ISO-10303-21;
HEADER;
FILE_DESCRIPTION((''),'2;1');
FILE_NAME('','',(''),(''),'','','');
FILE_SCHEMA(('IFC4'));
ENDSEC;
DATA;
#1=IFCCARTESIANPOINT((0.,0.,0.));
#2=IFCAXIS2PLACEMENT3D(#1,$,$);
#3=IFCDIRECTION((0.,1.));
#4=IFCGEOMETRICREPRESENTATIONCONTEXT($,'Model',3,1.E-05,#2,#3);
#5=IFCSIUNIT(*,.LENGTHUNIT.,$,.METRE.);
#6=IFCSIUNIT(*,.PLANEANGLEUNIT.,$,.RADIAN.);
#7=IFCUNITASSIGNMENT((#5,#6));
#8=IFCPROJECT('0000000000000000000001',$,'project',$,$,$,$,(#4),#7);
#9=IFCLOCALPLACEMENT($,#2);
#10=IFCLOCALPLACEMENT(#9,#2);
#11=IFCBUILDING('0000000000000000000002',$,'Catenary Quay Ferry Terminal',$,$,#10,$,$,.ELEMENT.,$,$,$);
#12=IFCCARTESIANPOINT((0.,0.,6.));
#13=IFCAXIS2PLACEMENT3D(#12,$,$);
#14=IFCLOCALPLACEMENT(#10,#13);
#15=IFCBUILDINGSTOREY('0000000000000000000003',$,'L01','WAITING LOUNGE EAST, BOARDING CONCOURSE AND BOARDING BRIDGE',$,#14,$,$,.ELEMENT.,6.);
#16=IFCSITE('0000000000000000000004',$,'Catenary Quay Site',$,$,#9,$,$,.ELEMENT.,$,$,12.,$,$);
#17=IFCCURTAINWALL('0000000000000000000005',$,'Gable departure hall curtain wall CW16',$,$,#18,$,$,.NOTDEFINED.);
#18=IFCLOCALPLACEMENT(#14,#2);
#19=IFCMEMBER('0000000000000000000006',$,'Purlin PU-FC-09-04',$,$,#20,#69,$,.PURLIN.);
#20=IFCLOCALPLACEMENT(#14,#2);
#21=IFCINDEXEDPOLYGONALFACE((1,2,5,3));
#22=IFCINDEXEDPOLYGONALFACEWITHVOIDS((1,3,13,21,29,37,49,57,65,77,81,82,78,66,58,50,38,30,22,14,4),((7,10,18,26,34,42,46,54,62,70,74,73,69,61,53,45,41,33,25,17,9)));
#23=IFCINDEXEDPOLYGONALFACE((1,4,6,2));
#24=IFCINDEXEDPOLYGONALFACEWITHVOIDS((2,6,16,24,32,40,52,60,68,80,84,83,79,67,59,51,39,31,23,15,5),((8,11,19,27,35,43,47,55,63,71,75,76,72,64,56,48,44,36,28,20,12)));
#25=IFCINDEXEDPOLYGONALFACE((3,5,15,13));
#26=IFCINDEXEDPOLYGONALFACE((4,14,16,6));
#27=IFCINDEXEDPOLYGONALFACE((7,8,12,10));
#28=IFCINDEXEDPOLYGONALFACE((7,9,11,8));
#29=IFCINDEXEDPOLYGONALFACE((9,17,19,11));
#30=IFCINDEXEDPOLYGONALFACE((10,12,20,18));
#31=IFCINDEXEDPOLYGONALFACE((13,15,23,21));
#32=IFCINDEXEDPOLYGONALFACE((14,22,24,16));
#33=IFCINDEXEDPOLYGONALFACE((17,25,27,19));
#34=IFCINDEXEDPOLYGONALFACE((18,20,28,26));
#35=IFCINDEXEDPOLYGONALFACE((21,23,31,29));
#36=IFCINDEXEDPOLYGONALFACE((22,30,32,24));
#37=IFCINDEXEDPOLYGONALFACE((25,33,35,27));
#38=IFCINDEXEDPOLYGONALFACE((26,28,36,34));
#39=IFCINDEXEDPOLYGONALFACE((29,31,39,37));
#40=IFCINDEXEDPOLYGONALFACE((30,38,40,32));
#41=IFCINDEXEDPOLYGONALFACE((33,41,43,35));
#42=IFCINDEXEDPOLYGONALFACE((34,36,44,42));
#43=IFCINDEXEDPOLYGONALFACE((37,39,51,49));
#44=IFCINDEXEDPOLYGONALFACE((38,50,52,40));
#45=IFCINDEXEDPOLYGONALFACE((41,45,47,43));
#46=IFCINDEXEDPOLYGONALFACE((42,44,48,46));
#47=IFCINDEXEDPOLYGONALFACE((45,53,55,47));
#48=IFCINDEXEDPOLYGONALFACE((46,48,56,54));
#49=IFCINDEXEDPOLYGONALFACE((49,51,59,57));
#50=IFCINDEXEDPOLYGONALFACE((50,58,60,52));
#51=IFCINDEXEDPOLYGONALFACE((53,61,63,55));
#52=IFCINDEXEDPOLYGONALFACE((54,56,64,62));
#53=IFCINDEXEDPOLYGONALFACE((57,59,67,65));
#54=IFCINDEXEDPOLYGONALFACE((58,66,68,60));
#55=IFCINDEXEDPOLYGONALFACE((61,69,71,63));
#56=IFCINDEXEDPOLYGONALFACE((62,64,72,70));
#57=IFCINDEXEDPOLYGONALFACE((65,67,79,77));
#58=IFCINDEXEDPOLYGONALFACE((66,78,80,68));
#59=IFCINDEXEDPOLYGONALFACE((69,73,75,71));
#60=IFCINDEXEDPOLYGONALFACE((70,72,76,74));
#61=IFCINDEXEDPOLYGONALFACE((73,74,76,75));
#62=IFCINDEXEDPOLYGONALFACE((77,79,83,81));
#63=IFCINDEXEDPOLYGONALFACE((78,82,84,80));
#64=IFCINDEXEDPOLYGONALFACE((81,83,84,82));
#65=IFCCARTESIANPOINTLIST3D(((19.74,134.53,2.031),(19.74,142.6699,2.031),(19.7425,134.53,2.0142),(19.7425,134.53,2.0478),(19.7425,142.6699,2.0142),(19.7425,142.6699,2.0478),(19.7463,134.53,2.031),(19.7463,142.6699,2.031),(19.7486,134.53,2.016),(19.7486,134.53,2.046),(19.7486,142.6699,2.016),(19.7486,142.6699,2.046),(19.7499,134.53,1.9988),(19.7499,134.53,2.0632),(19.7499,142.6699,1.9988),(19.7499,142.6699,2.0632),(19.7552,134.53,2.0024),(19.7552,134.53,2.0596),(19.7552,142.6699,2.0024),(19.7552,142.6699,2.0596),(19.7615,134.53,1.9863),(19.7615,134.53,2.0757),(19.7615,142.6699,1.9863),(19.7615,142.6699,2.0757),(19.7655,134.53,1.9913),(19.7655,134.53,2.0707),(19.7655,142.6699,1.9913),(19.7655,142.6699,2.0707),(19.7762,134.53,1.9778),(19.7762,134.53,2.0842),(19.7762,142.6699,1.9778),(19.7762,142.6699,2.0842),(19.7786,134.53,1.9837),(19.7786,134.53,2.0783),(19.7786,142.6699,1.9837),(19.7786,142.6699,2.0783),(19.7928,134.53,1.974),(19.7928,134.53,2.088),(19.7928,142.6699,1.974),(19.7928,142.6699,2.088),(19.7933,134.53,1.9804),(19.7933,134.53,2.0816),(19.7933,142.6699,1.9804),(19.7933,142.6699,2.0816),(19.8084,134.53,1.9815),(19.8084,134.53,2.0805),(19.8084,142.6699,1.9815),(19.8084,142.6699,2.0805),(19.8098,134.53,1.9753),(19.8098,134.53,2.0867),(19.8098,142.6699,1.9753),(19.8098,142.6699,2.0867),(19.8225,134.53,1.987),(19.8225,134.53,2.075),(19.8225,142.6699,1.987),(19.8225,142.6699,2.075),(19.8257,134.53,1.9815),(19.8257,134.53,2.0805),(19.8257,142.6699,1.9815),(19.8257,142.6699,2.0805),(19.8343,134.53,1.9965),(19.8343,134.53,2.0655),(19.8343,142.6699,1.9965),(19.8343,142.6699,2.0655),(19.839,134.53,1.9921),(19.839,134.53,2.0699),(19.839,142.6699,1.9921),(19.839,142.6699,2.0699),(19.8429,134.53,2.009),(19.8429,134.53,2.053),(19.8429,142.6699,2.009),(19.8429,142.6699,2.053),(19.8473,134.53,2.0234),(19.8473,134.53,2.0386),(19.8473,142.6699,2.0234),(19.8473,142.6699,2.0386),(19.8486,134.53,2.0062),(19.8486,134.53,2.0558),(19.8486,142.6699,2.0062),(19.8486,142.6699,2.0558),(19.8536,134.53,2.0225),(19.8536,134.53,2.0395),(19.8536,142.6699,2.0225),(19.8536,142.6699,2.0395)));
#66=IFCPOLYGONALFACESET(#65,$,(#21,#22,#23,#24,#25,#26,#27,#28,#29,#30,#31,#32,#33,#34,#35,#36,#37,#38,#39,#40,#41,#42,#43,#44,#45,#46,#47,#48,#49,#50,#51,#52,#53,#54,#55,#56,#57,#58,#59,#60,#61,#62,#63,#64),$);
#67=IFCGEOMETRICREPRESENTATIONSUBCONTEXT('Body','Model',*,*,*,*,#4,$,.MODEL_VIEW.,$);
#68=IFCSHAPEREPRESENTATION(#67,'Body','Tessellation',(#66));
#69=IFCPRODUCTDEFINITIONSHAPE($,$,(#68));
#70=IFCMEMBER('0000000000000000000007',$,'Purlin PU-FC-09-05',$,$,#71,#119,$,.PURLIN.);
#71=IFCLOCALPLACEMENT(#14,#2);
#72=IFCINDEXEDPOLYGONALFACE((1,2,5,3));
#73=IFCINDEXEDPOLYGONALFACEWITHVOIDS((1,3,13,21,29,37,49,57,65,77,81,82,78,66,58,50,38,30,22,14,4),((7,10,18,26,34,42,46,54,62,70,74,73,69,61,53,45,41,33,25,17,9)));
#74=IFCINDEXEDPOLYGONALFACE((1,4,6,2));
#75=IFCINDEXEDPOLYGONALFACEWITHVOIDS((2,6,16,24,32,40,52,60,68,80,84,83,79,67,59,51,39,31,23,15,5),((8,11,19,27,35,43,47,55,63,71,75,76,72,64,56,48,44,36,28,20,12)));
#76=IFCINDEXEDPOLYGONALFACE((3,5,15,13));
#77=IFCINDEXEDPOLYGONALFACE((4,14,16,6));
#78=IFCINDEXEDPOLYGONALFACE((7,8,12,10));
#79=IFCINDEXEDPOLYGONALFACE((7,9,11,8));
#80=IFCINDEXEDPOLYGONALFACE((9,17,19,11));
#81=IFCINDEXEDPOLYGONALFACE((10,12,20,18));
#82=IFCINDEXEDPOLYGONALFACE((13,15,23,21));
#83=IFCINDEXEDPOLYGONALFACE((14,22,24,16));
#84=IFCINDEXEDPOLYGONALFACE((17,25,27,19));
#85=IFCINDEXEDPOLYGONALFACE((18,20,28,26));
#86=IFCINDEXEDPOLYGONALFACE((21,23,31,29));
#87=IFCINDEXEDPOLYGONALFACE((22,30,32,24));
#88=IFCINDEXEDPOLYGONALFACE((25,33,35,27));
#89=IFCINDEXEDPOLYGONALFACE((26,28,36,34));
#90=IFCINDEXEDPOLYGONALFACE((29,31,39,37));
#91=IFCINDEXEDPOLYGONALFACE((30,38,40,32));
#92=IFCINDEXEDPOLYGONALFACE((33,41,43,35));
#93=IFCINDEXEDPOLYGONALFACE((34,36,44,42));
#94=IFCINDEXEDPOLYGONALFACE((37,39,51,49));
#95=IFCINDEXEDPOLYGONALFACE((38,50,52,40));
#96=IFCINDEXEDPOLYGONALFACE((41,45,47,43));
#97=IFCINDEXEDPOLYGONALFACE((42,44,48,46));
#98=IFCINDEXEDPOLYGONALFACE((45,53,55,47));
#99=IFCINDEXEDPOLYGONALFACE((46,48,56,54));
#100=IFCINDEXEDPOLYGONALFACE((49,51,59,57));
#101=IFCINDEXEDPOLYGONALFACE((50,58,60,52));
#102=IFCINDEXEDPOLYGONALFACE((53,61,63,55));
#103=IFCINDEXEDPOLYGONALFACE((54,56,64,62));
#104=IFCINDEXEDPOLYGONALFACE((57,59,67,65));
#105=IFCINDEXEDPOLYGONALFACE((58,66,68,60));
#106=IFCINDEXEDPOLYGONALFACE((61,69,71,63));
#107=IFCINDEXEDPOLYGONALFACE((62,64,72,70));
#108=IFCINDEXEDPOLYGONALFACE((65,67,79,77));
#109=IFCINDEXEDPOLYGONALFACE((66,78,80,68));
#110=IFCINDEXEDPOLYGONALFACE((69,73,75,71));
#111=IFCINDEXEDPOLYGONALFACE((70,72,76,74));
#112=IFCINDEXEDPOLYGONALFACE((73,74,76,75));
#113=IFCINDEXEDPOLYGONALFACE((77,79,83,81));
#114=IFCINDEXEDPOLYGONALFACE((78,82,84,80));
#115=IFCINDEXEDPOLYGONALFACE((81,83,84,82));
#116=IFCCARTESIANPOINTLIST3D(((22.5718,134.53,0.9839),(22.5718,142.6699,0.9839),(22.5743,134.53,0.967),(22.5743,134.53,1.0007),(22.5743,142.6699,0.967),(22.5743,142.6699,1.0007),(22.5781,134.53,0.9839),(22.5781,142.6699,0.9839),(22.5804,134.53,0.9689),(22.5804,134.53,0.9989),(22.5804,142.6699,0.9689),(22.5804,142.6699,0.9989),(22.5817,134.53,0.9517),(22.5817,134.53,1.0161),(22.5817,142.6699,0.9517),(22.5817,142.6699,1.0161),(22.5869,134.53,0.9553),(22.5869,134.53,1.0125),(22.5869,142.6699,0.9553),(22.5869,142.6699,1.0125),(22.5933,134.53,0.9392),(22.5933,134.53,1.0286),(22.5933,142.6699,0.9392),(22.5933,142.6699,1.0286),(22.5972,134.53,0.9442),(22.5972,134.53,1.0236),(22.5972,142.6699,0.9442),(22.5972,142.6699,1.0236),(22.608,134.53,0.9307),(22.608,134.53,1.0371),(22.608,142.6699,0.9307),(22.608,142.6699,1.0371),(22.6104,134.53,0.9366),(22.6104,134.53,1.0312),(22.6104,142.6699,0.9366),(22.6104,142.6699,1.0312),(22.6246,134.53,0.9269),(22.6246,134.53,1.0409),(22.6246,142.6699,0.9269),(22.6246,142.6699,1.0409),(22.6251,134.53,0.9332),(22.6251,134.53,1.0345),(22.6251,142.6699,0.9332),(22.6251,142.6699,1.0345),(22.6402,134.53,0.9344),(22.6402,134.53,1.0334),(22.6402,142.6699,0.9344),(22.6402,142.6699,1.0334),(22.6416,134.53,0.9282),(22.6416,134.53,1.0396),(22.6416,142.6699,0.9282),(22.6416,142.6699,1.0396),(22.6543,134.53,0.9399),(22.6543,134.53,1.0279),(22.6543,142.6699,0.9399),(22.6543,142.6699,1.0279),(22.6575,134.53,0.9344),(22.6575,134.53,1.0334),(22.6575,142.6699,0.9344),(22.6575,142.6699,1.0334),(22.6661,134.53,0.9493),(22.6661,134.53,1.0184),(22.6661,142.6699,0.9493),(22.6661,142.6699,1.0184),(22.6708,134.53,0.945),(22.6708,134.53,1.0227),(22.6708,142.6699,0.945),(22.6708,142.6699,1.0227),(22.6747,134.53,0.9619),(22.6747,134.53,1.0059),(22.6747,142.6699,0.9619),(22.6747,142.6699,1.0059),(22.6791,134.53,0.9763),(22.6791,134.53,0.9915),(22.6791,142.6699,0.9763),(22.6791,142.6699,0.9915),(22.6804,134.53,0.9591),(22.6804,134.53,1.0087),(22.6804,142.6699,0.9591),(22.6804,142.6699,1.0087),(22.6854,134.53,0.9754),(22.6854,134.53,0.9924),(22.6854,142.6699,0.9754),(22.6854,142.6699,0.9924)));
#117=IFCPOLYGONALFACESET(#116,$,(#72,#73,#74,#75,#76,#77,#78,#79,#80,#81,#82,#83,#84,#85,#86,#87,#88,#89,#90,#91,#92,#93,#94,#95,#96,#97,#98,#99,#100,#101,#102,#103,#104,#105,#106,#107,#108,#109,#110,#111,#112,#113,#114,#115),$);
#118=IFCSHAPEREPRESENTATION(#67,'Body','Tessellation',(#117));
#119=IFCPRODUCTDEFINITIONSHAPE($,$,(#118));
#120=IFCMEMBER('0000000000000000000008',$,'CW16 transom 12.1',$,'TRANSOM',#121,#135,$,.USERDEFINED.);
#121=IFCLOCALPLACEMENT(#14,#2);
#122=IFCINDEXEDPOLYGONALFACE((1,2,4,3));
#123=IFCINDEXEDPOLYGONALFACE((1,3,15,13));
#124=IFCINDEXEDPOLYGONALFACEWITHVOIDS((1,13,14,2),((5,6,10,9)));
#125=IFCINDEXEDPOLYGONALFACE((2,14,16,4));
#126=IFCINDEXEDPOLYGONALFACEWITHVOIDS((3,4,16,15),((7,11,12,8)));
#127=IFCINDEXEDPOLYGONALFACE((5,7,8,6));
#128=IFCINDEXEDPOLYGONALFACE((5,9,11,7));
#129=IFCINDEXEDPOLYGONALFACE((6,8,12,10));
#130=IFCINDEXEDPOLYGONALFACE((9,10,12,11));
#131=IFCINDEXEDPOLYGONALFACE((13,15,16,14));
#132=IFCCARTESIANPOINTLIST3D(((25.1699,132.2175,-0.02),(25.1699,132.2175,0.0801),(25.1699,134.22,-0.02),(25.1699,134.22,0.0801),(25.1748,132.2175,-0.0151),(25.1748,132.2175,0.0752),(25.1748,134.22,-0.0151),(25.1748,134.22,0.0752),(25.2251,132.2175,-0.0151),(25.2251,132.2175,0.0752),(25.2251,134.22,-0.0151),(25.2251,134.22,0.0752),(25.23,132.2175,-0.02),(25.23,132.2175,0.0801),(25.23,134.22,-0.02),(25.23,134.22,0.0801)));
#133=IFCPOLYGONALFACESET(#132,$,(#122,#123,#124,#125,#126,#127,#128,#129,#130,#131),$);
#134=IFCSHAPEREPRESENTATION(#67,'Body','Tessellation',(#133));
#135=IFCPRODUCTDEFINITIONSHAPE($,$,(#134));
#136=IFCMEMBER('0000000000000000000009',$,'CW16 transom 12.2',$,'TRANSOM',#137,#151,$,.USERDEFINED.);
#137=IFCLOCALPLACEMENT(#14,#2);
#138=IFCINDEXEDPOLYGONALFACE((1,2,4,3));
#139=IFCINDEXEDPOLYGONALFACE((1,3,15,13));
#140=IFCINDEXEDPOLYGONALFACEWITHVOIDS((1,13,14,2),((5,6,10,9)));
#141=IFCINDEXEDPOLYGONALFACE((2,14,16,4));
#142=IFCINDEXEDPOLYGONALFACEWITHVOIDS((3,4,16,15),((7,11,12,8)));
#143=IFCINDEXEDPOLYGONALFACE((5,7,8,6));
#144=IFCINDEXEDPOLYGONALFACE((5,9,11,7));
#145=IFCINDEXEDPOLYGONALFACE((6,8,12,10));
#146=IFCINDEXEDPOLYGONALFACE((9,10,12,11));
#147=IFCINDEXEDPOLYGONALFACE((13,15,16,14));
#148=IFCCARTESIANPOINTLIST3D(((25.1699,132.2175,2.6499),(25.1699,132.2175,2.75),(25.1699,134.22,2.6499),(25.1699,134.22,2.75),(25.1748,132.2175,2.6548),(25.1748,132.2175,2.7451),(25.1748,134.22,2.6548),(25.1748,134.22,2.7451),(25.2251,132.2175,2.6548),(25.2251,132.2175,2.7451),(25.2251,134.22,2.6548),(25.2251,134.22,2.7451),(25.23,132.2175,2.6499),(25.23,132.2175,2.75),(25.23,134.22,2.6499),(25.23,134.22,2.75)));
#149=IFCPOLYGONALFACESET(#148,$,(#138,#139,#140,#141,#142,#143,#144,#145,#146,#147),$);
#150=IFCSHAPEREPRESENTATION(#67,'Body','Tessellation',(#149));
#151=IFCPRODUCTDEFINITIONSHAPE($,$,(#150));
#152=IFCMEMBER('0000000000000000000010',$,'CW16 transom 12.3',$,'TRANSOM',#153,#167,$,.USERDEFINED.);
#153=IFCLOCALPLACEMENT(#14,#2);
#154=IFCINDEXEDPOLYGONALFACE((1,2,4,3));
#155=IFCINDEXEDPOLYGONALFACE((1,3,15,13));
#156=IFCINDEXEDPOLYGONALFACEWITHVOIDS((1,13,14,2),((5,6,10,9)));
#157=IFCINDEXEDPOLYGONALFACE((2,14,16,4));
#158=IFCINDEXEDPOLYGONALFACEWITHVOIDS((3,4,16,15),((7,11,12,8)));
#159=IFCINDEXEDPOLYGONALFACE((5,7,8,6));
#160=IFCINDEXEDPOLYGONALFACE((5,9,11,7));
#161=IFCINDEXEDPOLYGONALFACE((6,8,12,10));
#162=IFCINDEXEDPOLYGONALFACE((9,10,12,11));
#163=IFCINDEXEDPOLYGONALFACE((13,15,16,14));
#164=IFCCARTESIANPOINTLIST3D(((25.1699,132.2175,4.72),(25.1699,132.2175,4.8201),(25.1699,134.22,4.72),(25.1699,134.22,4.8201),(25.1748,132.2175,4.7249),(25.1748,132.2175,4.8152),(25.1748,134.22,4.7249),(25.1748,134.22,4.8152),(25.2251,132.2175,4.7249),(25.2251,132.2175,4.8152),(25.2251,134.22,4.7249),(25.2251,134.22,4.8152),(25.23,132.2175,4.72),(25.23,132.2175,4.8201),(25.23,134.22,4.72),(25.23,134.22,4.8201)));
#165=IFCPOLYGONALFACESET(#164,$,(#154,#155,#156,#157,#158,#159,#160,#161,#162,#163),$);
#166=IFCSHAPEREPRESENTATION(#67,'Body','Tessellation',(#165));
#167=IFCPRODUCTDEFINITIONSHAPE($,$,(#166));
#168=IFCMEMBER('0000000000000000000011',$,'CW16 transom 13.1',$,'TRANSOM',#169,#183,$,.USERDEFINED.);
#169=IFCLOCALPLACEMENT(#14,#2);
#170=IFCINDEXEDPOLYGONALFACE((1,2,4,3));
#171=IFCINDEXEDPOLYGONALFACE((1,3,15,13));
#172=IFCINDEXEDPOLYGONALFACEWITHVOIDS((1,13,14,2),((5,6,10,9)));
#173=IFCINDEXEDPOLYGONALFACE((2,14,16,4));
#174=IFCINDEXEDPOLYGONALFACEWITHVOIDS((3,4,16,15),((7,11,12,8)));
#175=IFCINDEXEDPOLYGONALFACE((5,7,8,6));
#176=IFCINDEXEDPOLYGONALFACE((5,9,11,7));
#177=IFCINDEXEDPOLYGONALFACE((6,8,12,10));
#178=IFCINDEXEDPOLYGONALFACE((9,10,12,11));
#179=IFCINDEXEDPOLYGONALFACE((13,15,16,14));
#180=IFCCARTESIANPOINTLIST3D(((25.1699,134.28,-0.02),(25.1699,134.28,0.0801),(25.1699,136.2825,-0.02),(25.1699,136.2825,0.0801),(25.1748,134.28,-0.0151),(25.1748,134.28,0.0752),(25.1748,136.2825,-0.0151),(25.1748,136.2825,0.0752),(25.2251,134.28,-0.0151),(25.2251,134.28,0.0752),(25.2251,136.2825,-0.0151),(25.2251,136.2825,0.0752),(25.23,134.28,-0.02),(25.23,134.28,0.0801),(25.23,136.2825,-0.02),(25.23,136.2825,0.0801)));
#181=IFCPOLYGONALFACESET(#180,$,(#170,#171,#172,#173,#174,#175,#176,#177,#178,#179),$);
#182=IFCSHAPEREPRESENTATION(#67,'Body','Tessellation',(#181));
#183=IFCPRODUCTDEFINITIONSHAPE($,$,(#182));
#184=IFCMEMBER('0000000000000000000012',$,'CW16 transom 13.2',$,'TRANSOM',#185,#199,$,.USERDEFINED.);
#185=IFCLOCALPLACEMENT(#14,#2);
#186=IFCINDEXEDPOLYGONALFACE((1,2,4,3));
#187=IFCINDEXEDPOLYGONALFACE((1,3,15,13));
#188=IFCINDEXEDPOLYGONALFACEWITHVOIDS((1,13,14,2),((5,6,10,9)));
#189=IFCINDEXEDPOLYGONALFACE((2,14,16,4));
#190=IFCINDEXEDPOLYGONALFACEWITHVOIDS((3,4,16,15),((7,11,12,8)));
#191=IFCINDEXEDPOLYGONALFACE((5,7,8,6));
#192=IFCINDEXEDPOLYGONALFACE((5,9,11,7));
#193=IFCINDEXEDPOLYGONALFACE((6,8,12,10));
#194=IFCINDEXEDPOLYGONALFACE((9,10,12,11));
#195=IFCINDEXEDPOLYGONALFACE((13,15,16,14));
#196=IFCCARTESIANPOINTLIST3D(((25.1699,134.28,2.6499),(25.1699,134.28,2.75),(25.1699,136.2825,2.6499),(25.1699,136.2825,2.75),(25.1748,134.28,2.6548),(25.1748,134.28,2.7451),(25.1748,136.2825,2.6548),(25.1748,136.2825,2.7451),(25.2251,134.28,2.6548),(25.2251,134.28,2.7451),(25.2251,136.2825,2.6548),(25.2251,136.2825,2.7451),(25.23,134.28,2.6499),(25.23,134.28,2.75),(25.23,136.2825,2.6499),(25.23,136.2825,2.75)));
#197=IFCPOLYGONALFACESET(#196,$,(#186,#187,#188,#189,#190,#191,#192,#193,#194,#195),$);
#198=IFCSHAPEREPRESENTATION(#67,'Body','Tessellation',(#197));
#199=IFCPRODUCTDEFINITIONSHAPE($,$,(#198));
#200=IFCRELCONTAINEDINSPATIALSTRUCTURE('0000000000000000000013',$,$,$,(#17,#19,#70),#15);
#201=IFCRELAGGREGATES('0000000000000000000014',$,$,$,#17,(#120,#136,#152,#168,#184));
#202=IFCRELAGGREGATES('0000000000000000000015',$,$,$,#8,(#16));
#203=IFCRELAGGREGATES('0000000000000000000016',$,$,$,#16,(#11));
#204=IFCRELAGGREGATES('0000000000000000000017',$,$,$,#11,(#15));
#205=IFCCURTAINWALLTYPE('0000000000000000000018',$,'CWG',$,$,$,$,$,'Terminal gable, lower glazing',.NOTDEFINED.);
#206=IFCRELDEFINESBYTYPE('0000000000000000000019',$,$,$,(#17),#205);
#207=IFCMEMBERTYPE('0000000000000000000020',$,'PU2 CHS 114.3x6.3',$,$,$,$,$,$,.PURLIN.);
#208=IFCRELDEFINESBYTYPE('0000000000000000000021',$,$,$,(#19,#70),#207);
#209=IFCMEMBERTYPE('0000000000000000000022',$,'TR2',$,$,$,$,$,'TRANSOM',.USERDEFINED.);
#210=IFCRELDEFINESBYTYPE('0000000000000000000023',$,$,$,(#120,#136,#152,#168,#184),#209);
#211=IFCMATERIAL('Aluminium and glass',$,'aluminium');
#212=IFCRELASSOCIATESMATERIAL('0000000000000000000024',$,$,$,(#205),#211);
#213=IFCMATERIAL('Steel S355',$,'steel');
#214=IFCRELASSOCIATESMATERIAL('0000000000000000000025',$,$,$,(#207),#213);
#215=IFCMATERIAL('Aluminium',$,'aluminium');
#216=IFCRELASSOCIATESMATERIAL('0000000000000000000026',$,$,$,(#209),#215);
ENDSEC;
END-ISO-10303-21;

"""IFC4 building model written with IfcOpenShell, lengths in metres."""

from ifc_helpers import new_model, si_unit, direction, frame, origin, origin_2d, place, context, subcontext, project, spatial, hollow_rectangle, hollow_circle, extrude, material, material_profile, profile_set, type_object, element, aggregate, save


model = new_model("IFC4")

# Units and contexts
model_context = context("Model", 3, precision=1e-05, world=origin(), true_north=direction((0.0, 1.0)))
body_context = subcontext(model_context, "Body", "Model", "MODEL_VIEW")
ifc_project = project(units=[si_unit("LENGTHUNIT", "METRE"), si_unit("PLANEANGLEUNIT", "RADIAN")], contexts=[model_context])

# Site, building, storey
site_placement = place(None, origin())
site = spatial("IfcSite", under=ifc_project, at=site_placement, Name="Catenary Quay Site", CompositionType="ELEMENT", RefElevation=12.0)
building_placement = place(site_placement, origin())
building = spatial("IfcBuilding", under=site, at=building_placement, Name="Catenary Quay Ferry Terminal", CompositionType="ELEMENT")
storey_placement = place(building_placement, frame((0.0, 0.0, 6.0)))
storey = spatial("IfcBuildingStorey", under=building, at=storey_placement, Name="L01", Description="WAITING LOUNGE EAST, BOARDING CONCOURSE AND BOARDING BRIDGE", CompositionType="ELEMENT", Elevation=6.0)

# Curtain wall
ifc_material_1 = material(Name="Aluminium and glass", Category="aluminium")
curtain_wall_type = type_object("IfcCurtainWallType", Name="CWG", ElementType="Terminal gable, lower glazing", PredefinedType="NOTDEFINED", material=ifc_material_1)
curtain_wall_placement = place(storey_placement, origin())
curtain_wall = element("IfcCurtainWall", 1, at=curtain_wall_placement, inside=storey, type_object=curtain_wall_type, Name="Gable departure hall curtain wall CW16", PredefinedType="NOTDEFINED")

# Members
ifc_material_2 = material(Name="Steel S355", Category="steel")
ifc_material_profile_1 = material_profile(ifc_material_2, hollow_circle(Radius=0.0571, WallThickness=0.0063, at=origin_2d()), Name="CHS 114.3x6.3")
ifc_profile_set_1 = profile_set([ifc_material_profile_1], Name="Steel S355")
member_type_1 = type_object("IfcMemberType", Name="PU2 CHS 114.3x6.3", PredefinedType="PURLIN", material=ifc_profile_set_1)
for number, where, z_axis, x_axis, name in (
    (2, (19.7971, 134.53, 2.031), (0.0, 1.0, 0.0), (-1.0, 0.0, 0.0), "Purlin PU-FC-09-04"),
    (3, (22.6289, 134.53, 0.9839), (0.0, 1.0, 0.0), (-1.0, 0.0, 0.0), "Purlin PU-FC-09-05"),
):
    element("IfcMember", number, at=place(storey_placement, frame(where, z_axis=z_axis, x_axis=x_axis)), inside=storey, type_object=member_type_1, Name=name, PredefinedType="PURLIN", context=body_context, shape_type="SweptSolid", body=[
        extrude(hollow_circle(Radius=0.0571, WallThickness=0.0063, at=origin_2d()), origin(), (0.0, 0.0, 1.0), 8.1399),
    ])

# Members
ifc_material_3 = material(Name="Aluminium", Category="aluminium")
ifc_material_profile_2 = material_profile(ifc_material_3, hollow_rectangle(XDim=0.0601, YDim=0.1001, WallThickness=0.0049, at=origin_2d()), Name="TR2")
ifc_profile_set_2 = profile_set([ifc_material_profile_2], Name="Aluminium")
member_type_2 = type_object("IfcMemberType", Name="TR2", ElementType="TRANSOM", PredefinedType="USERDEFINED", material=ifc_profile_set_2)
member_1_placement = place(storey_placement, frame((25.2, 132.2175, 0.03), z_axis=(0.0, 1.0, 0.0), x_axis=(-1.0, 0.0, 0.0)))
member_1 = element("IfcMember", 4, at=member_1_placement, type_object=member_type_2, Name="CW16 transom 12.1", ObjectType="TRANSOM", PredefinedType="USERDEFINED", context=body_context, shape_type="SweptSolid", body=[
    extrude(hollow_rectangle(XDim=0.0601, YDim=0.1001, WallThickness=0.0049, at=origin_2d()), origin(), (0.0, 0.0, 1.0), 2.0024),
])
member_2_placement = place(storey_placement, frame((25.2, 132.2175, 2.7), z_axis=(0.0, 1.0, 0.0), x_axis=(-1.0, 0.0, 0.0)))
member_2 = element("IfcMember", 5, at=member_2_placement, type_object=member_type_2, Name="CW16 transom 12.2", ObjectType="TRANSOM", PredefinedType="USERDEFINED", context=body_context, shape_type="SweptSolid", body=[
    extrude(hollow_rectangle(XDim=0.0601, YDim=0.1001, WallThickness=0.0049, at=origin_2d()), origin(), (0.0, 0.0, 1.0), 2.0024),
])
member_3_placement = place(storey_placement, frame((25.2, 132.2175, 4.77), z_axis=(0.0, 1.0, 0.0), x_axis=(-1.0, 0.0, 0.0)))
member_3 = element("IfcMember", 6, at=member_3_placement, type_object=member_type_2, Name="CW16 transom 12.3", ObjectType="TRANSOM", PredefinedType="USERDEFINED", context=body_context, shape_type="SweptSolid", body=[
    extrude(hollow_rectangle(XDim=0.0601, YDim=0.1001, WallThickness=0.0049, at=origin_2d()), origin(), (0.0, 0.0, 1.0), 2.0024),
])
member_4_placement = place(storey_placement, frame((25.2, 134.28, 0.03), z_axis=(0.0, 1.0, 0.0), x_axis=(-1.0, 0.0, 0.0)))
member_4 = element("IfcMember", 7, at=member_4_placement, type_object=member_type_2, Name="CW16 transom 13.1", ObjectType="TRANSOM", PredefinedType="USERDEFINED", context=body_context, shape_type="SweptSolid", body=[
    extrude(hollow_rectangle(XDim=0.0601, YDim=0.1001, WallThickness=0.0049, at=origin_2d()), origin(), (0.0, 0.0, 1.0), 2.0024),
])
member_5_placement = place(storey_placement, frame((25.2, 134.28, 2.7), z_axis=(0.0, 1.0, 0.0), x_axis=(-1.0, 0.0, 0.0)))
member_5 = element("IfcMember", 8, at=member_5_placement, type_object=member_type_2, Name="CW16 transom 13.2", ObjectType="TRANSOM", PredefinedType="USERDEFINED", context=body_context, shape_type="SweptSolid", body=[
    extrude(hollow_rectangle(XDim=0.0601, YDim=0.1001, WallThickness=0.0049, at=origin_2d()), origin(), (0.0, 0.0, 1.0), 2.0024),
])

aggregate(curtain_wall, [member_1, member_2, member_3, member_4, member_5])

save(model, "model.ifc")
